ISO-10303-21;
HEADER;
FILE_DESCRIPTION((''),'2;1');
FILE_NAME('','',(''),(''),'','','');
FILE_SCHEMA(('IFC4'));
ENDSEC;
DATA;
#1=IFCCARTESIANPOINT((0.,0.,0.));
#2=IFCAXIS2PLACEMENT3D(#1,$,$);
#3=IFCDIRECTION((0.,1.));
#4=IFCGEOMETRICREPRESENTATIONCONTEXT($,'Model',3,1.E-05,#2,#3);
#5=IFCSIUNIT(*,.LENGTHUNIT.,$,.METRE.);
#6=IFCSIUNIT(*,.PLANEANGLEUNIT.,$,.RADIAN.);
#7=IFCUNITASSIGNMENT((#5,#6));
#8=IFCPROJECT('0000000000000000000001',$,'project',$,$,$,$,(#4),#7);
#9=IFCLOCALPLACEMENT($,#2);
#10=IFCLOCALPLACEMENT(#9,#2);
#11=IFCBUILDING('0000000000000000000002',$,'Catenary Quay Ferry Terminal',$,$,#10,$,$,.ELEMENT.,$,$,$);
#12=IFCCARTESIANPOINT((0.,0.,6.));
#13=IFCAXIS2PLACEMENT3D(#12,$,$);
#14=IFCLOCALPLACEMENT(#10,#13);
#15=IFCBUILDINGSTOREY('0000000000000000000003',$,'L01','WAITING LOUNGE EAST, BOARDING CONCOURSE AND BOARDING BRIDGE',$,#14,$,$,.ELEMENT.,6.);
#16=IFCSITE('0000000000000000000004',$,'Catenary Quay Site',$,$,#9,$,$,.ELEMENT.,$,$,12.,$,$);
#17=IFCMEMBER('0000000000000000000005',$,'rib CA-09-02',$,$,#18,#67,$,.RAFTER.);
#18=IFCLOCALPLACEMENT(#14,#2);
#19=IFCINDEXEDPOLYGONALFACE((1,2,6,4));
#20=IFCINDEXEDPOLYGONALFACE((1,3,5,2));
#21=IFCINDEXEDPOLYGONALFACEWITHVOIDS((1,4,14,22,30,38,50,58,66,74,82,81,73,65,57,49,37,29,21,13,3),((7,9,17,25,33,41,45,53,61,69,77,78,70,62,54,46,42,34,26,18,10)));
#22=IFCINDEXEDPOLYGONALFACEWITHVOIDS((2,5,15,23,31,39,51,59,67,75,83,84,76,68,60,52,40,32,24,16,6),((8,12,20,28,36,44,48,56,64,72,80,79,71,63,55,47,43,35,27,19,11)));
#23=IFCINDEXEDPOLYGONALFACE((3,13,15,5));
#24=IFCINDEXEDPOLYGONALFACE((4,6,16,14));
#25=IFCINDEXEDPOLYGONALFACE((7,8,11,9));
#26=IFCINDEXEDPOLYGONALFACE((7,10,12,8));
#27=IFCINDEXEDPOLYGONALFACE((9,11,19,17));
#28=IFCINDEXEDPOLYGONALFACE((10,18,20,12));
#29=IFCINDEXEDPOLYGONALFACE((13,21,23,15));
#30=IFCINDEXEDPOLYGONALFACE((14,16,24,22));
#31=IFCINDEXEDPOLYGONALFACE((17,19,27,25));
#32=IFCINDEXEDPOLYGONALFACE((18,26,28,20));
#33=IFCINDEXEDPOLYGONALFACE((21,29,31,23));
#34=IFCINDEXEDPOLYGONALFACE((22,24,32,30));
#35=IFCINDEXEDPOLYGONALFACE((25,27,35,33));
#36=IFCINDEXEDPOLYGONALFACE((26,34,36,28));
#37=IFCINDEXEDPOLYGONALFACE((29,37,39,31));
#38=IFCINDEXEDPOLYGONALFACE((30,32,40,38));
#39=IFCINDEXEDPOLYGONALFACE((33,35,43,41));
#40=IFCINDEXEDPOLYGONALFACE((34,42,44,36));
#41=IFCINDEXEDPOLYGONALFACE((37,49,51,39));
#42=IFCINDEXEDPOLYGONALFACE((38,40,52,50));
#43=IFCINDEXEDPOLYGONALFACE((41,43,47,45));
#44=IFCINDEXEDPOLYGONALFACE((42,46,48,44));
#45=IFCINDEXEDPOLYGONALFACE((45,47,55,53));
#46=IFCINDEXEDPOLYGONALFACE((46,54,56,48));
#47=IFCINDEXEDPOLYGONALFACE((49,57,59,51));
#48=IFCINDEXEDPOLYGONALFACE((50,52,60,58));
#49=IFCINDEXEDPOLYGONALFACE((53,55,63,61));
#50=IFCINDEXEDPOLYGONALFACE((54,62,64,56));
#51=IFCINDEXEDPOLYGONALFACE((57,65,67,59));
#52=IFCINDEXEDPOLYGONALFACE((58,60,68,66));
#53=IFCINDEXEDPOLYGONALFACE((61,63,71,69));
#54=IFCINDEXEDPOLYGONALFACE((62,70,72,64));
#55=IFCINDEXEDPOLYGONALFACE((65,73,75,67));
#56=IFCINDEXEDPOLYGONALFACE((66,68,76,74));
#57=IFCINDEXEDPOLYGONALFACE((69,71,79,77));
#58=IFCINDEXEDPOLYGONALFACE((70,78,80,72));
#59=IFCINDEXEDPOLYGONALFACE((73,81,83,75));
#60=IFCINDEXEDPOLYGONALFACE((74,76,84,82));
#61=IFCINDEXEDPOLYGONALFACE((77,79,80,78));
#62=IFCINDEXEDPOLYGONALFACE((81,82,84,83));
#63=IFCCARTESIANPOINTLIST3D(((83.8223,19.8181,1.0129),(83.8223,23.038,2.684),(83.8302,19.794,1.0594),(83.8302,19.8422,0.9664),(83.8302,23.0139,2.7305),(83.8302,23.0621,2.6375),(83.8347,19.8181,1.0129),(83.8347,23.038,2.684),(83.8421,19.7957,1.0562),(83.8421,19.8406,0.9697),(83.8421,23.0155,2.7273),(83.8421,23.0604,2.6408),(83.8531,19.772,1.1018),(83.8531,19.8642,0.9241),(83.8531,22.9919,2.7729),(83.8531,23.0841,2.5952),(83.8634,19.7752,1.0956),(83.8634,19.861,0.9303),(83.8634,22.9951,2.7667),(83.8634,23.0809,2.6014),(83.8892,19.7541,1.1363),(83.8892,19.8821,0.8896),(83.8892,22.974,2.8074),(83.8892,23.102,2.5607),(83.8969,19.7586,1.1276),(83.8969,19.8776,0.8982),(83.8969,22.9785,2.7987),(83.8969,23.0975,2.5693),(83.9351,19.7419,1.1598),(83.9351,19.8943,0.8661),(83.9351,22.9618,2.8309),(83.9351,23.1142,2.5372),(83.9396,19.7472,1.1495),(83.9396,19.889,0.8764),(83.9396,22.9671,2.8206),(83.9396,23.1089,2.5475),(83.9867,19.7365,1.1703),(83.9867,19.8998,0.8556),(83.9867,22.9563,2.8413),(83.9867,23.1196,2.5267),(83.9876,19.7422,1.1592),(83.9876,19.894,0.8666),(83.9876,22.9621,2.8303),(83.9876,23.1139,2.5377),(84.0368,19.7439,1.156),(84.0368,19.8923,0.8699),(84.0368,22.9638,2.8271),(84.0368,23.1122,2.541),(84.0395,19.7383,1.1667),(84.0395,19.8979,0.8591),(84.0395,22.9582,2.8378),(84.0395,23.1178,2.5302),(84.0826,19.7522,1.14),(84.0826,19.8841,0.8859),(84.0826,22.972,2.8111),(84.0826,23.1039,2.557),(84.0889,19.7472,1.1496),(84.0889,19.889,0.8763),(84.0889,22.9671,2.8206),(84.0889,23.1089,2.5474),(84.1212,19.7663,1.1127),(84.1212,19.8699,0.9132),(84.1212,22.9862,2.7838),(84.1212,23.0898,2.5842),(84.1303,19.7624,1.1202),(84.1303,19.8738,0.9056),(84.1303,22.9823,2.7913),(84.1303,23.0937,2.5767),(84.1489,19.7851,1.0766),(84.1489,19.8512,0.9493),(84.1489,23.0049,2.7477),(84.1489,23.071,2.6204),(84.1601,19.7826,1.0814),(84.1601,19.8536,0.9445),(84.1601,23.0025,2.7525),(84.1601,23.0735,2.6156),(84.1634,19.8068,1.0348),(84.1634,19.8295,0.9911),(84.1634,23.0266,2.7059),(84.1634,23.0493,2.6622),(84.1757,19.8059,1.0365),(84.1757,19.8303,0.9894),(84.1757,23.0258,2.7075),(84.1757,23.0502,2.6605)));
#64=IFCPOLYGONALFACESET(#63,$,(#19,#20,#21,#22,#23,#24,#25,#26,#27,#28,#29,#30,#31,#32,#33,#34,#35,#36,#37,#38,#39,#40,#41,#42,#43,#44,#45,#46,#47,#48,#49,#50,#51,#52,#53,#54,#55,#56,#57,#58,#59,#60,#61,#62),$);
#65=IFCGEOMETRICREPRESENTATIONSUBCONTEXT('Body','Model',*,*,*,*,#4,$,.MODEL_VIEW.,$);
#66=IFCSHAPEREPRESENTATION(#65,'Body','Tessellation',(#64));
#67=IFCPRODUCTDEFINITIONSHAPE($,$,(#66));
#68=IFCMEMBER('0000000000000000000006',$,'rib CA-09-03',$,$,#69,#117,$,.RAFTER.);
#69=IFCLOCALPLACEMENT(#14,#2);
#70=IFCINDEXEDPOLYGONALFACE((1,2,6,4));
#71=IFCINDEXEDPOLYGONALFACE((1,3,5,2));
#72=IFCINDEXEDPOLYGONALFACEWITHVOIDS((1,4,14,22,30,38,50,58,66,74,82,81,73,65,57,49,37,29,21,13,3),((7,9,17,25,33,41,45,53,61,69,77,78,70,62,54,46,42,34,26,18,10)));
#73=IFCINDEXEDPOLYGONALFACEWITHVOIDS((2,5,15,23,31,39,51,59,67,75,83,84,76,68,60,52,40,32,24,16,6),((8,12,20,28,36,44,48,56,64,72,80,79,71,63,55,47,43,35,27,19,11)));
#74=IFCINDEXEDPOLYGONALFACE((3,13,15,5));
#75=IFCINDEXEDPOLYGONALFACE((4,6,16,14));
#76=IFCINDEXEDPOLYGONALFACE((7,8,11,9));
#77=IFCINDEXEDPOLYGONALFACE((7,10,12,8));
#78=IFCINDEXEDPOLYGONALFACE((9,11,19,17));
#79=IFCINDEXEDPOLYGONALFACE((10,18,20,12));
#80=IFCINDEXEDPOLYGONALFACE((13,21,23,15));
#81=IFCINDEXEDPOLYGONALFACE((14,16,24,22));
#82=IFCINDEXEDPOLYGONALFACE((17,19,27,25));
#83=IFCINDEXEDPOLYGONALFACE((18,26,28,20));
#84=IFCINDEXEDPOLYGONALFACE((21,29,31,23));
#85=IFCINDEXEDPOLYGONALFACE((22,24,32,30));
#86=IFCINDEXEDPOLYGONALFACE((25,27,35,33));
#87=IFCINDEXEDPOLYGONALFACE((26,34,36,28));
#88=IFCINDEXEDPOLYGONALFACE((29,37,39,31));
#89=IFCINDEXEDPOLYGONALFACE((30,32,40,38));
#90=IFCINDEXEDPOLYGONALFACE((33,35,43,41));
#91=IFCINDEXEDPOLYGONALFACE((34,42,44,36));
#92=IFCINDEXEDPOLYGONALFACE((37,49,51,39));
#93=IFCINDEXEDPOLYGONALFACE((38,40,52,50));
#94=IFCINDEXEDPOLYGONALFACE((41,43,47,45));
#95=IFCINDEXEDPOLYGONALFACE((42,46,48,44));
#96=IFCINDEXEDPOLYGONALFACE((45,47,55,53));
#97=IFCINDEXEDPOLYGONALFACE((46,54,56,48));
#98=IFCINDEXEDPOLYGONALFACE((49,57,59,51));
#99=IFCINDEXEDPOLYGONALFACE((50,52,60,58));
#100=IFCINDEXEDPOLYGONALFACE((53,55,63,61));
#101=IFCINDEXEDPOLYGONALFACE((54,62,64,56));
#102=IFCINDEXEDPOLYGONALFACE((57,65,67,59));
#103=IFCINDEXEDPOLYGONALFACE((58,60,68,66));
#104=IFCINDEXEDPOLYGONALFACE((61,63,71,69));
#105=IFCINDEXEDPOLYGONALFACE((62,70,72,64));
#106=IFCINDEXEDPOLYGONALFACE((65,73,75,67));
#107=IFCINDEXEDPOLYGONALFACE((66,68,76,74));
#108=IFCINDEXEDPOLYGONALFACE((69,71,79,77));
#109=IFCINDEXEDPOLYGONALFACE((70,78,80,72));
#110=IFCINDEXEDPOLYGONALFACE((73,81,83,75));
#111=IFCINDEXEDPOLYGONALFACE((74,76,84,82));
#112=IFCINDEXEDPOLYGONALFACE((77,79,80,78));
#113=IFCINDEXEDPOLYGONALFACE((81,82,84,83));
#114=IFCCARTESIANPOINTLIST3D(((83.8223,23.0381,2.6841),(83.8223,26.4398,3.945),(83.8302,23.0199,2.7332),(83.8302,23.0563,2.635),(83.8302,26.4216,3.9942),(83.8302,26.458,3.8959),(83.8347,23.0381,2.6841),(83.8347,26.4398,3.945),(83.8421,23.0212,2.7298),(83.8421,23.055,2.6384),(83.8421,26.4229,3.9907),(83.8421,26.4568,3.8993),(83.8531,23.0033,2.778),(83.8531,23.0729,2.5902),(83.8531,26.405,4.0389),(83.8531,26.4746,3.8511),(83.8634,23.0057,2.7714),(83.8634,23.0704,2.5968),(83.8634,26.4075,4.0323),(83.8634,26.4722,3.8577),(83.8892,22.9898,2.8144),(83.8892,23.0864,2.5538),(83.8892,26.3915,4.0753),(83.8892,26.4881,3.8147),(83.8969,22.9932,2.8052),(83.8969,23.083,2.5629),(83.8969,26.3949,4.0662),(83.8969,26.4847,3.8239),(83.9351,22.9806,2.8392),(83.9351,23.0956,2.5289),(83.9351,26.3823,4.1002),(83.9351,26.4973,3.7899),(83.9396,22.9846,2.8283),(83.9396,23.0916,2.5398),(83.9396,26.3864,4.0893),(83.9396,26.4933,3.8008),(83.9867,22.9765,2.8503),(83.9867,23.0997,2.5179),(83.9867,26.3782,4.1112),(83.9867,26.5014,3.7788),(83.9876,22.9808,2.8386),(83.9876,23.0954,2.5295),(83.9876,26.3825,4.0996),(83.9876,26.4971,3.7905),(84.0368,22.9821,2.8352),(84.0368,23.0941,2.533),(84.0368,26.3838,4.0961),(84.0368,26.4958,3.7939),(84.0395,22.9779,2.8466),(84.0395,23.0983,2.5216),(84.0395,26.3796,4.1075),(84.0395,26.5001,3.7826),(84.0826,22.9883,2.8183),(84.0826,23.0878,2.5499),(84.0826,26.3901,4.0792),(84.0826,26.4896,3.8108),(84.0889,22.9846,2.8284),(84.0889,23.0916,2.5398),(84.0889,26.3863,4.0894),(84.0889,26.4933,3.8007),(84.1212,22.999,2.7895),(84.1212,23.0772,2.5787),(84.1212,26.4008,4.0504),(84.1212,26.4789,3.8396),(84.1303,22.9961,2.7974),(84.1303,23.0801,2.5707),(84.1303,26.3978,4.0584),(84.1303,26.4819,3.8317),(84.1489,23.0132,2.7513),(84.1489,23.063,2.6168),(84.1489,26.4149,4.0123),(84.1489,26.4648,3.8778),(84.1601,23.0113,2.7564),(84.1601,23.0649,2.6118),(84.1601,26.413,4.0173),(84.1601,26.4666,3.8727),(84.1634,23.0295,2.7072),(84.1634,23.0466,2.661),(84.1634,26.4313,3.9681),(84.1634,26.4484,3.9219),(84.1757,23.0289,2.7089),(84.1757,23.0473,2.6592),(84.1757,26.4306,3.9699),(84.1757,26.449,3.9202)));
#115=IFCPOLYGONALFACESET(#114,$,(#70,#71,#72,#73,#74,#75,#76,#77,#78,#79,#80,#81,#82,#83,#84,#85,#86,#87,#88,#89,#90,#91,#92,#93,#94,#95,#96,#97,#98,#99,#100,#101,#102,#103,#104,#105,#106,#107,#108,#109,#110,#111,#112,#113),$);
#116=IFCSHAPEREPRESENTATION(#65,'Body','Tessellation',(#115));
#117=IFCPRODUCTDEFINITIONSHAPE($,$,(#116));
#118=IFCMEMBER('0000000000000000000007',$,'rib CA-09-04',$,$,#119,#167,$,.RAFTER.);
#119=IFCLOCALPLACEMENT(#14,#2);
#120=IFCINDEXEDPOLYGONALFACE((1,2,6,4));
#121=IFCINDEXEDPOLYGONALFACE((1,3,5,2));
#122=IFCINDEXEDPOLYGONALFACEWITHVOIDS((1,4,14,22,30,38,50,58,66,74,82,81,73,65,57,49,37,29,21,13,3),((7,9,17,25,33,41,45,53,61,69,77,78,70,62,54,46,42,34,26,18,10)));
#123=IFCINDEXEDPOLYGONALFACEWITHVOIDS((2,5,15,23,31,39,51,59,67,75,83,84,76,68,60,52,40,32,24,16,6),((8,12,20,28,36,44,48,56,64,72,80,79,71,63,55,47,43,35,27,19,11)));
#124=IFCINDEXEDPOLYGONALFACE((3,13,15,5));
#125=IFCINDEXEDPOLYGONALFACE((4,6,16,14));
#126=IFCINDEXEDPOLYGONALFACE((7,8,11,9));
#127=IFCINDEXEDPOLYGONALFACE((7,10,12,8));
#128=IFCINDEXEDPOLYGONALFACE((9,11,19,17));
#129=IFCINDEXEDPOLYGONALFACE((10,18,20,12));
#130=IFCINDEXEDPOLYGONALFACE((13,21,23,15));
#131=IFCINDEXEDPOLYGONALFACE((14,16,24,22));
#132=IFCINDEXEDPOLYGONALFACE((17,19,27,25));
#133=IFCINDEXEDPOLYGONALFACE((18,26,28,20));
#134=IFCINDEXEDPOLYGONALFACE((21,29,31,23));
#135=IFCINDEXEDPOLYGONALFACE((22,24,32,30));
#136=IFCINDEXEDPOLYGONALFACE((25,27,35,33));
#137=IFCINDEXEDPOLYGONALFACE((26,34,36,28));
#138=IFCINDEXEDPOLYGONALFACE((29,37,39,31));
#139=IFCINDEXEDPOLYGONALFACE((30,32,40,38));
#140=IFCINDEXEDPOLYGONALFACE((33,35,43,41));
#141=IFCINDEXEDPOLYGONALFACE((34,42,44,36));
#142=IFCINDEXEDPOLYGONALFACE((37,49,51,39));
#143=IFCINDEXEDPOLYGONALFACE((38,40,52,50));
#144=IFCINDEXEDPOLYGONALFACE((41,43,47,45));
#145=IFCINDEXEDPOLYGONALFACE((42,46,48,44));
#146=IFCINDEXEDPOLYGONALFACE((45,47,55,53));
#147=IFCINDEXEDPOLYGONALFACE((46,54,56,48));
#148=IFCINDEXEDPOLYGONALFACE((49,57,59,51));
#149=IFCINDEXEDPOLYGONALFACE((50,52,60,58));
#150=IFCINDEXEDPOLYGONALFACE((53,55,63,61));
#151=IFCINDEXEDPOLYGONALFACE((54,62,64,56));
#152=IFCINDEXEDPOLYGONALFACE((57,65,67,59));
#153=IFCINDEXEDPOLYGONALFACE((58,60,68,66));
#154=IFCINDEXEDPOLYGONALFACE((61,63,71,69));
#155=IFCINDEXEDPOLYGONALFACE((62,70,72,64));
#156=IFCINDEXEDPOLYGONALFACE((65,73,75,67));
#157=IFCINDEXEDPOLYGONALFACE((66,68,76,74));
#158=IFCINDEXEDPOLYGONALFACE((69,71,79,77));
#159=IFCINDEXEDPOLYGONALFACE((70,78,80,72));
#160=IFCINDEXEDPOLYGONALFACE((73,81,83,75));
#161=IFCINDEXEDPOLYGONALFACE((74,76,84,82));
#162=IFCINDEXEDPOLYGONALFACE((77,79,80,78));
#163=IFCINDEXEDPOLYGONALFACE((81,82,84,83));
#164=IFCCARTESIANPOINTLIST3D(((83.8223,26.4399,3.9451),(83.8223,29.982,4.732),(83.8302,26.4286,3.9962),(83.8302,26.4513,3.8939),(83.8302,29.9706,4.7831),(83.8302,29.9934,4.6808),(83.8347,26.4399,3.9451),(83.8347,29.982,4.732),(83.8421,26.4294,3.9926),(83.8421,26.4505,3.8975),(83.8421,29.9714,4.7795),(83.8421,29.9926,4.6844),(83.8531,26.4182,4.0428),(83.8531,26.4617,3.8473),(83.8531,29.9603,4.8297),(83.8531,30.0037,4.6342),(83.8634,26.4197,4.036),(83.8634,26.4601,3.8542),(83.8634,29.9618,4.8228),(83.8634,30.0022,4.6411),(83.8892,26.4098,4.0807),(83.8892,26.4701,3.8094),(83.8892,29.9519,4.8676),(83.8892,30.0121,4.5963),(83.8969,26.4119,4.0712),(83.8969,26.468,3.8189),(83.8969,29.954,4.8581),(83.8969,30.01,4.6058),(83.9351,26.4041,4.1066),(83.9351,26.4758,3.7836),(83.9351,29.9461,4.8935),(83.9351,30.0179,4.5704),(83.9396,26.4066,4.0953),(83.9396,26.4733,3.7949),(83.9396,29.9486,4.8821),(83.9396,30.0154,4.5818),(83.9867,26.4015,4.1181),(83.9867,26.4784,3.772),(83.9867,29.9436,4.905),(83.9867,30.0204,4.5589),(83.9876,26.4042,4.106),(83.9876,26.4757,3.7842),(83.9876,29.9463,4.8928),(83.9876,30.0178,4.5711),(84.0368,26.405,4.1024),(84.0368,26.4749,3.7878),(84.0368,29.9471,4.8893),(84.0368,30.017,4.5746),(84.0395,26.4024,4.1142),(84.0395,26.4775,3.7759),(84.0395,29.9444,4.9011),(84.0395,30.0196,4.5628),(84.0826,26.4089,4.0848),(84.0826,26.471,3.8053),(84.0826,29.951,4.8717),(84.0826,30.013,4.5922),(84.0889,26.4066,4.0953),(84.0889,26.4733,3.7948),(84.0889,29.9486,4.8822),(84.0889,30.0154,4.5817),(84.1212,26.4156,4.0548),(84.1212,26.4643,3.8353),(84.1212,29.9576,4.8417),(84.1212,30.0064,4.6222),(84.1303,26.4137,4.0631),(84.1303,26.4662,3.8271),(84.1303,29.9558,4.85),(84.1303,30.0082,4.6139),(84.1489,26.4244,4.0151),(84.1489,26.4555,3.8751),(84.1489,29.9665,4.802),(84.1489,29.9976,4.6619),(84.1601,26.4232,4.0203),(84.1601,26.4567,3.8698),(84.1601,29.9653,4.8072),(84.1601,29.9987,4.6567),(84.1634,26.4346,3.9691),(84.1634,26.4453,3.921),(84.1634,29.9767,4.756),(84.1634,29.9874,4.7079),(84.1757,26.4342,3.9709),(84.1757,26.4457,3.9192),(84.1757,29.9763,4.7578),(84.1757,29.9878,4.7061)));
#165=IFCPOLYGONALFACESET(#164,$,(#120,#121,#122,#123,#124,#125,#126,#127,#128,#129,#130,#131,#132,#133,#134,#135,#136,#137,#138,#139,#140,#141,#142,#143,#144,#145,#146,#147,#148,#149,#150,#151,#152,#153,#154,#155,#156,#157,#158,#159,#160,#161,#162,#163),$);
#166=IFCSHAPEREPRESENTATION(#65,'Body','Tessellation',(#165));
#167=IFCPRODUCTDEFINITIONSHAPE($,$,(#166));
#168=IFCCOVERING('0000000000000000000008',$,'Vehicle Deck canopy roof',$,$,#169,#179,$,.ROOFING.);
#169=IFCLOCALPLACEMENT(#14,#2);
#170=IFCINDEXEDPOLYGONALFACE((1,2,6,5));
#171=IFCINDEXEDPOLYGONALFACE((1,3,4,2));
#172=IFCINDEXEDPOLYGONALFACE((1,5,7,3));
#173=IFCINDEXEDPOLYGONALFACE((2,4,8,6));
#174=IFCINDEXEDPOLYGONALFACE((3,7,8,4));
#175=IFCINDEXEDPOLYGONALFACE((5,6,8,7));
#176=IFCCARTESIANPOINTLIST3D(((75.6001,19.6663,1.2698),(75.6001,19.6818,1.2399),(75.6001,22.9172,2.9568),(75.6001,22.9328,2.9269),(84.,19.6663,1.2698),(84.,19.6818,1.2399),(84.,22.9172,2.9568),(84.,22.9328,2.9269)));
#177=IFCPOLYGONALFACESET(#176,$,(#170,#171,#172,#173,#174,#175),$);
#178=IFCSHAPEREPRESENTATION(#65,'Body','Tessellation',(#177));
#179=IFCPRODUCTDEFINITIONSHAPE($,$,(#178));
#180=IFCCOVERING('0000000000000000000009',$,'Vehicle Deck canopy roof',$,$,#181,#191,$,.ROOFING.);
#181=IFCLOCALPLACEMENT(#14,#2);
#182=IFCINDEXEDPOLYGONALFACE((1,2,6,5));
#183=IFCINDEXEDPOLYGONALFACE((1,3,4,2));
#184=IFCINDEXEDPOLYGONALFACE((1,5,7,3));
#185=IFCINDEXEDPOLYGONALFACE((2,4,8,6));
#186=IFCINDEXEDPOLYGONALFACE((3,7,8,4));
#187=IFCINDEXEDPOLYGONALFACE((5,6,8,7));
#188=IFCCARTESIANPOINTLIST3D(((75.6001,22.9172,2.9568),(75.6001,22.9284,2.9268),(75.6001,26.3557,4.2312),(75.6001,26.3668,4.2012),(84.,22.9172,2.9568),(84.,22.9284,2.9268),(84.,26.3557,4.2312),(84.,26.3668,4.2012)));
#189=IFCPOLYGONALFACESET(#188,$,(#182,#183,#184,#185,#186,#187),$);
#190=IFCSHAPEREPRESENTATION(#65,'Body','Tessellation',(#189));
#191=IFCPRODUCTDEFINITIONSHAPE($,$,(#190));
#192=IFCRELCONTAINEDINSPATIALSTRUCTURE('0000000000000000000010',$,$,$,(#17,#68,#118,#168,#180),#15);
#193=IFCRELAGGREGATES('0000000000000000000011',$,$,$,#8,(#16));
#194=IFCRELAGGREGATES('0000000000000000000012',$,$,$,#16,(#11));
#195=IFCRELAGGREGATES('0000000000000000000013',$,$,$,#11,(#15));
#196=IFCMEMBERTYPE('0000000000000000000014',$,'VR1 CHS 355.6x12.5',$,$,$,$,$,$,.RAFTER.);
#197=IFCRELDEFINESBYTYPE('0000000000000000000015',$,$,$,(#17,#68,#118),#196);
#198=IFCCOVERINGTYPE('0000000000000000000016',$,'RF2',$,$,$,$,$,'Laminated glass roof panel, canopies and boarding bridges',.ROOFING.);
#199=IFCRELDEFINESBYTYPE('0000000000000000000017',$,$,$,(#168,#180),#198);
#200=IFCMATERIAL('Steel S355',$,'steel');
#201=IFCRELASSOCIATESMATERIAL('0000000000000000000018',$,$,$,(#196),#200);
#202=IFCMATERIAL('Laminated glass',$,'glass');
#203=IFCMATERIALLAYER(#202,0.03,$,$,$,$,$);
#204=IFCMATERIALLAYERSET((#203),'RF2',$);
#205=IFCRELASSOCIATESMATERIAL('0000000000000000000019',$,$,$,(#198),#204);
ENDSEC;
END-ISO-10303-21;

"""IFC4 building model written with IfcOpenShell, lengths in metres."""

from ifc_helpers import new_model, si_unit, direction, frame, origin, origin_2d, place, context, subcontext, project, spatial, polyline, hollow_circle, outline, extrude, material, layer, layer_set, material_profile, profile_set, type_object, element, save


model = new_model("IFC4")

# Units and contexts
model_context = context("Model", 3, precision=1e-05, world=origin(), true_north=direction((0.0, 1.0)))
body_context = subcontext(model_context, "Body", "Model", "MODEL_VIEW")
ifc_project = project(units=[si_unit("LENGTHUNIT", "METRE"), si_unit("PLANEANGLEUNIT", "RADIAN")], contexts=[model_context])

# Site, building, storey
site_placement = place(None, origin())
site = spatial("IfcSite", under=ifc_project, at=site_placement, Name="Catenary Quay Site", CompositionType="ELEMENT", RefElevation=12.0)
building_placement = place(site_placement, origin())
building = spatial("IfcBuilding", under=site, at=building_placement, Name="Catenary Quay Ferry Terminal", CompositionType="ELEMENT")
storey_placement = place(building_placement, frame((0.0, 0.0, 6.0)))
storey = spatial("IfcBuildingStorey", under=building, at=storey_placement, Name="L01", Description="WAITING LOUNGE EAST, BOARDING CONCOURSE AND BOARDING BRIDGE", CompositionType="ELEMENT", Elevation=6.0)

# Members
ifc_material_1 = material(Name="Steel S355", Category="steel")
ifc_material_profile_1 = material_profile(ifc_material_1, hollow_circle(Radius=0.1777, WallThickness=0.0125, at=origin_2d()), Name="CHS 355.6x12.5")
ifc_profile_set_1 = profile_set([ifc_material_profile_1], Name="Steel S355")
member_type_1 = type_object("IfcMemberType", Name="VR1 CHS 355.6x12.5", PredefinedType="RAFTER", material=ifc_profile_set_1)
member_1_placement = place(storey_placement, frame((84.0, 19.8181, 1.0129), z_axis=(0.0, 0.887582, 0.460649), x_axis=(-1.0, 0.0, 0.0)))
element("IfcMember", 1, at=member_1_placement, inside=storey, type_object=member_type_1, Name="rib CA-09-02", PredefinedType="RAFTER", context=body_context, shape_type="SweptSolid", body=[
    extrude(hollow_circle(Radius=0.1777, WallThickness=0.0125, at=origin_2d()), origin(), (0.0, 0.0, 1.0), 3.6277),
])
member_2_placement = place(storey_placement, frame((84.0, 23.0381, 2.6841), z_axis=(0.0, 0.937655, 0.347566), x_axis=(-1.0, 0.0, 0.0)))
element("IfcMember", 2, at=member_2_placement, inside=storey, type_object=member_type_1, Name="rib CA-09-03", PredefinedType="RAFTER", context=body_context, shape_type="SweptSolid", body=[
    extrude(hollow_circle(Radius=0.1777, WallThickness=0.0125, at=origin_2d()), origin(), (0.0, 0.0, 1.0), 3.6279),
])
member_3_placement = place(storey_placement, frame((84.0, 26.4399, 3.9451), z_axis=(0.0, 0.976201, 0.216866), x_axis=(-1.0, 0.0, 0.0)))
element("IfcMember", 3, at=member_3_placement, inside=storey, type_object=member_type_1, Name="rib CA-09-04", PredefinedType="RAFTER", context=body_context, shape_type="SweptSolid", body=[
    extrude(hollow_circle(Radius=0.1777, WallThickness=0.0125, at=origin_2d()), origin(), (0.0, 0.0, 1.0), 3.6284),
])

# Coverings
ifc_material_2 = material(Name="Laminated glass", Category="glass")
ifc_layer = layer(ifc_material_2, 0.03)
ifc_layer_set = layer_set([ifc_layer], Name="RF2")
covering_type = type_object("IfcCoveringType", Name="RF2", ElementType="Laminated glass roof panel, canopies and boarding bridges", PredefinedType="ROOFING", material=ifc_layer_set)
covering_1_placement = place(storey_placement, frame((75.6001, 19.6663, 1.2698), z_axis=(0.0, -0.460601, 0.887607), x_axis=(1.0, 0.0, 0.0)))
element("IfcCovering", 4, at=covering_1_placement, inside=storey, type_object=covering_type, Name="Vehicle Deck canopy roof", PredefinedType="ROOFING", context=body_context, shape_type="SweptSolid", body=[
    extrude(outline(polyline([(0.0, 0.0), (8.3999, 0.0), (8.3999, 3.6626), (0.0, 3.6626), (0.0, 0.0)])), origin(), (0.0, 0.0, -1.0), 0.0337),
])
covering_2_placement = place(storey_placement, frame((75.6001, 22.9172, 2.9568), z_axis=(0.0, -0.347531, 0.937668), x_axis=(1.0, 0.0, 0.0)))
element("IfcCovering", 5, at=covering_2_placement, inside=storey, type_object=covering_type, Name="Vehicle Deck canopy roof", PredefinedType="ROOFING", context=body_context, shape_type="SweptSolid", body=[
    extrude(outline(polyline([(0.0, 0.0), (8.3999, 0.0), (8.3999, 3.667), (0.0, 3.667), (0.0, 0.0)])), origin(), (0.0, 0.0, -1.0), 0.032),
])

save(model, "model.ifc")
